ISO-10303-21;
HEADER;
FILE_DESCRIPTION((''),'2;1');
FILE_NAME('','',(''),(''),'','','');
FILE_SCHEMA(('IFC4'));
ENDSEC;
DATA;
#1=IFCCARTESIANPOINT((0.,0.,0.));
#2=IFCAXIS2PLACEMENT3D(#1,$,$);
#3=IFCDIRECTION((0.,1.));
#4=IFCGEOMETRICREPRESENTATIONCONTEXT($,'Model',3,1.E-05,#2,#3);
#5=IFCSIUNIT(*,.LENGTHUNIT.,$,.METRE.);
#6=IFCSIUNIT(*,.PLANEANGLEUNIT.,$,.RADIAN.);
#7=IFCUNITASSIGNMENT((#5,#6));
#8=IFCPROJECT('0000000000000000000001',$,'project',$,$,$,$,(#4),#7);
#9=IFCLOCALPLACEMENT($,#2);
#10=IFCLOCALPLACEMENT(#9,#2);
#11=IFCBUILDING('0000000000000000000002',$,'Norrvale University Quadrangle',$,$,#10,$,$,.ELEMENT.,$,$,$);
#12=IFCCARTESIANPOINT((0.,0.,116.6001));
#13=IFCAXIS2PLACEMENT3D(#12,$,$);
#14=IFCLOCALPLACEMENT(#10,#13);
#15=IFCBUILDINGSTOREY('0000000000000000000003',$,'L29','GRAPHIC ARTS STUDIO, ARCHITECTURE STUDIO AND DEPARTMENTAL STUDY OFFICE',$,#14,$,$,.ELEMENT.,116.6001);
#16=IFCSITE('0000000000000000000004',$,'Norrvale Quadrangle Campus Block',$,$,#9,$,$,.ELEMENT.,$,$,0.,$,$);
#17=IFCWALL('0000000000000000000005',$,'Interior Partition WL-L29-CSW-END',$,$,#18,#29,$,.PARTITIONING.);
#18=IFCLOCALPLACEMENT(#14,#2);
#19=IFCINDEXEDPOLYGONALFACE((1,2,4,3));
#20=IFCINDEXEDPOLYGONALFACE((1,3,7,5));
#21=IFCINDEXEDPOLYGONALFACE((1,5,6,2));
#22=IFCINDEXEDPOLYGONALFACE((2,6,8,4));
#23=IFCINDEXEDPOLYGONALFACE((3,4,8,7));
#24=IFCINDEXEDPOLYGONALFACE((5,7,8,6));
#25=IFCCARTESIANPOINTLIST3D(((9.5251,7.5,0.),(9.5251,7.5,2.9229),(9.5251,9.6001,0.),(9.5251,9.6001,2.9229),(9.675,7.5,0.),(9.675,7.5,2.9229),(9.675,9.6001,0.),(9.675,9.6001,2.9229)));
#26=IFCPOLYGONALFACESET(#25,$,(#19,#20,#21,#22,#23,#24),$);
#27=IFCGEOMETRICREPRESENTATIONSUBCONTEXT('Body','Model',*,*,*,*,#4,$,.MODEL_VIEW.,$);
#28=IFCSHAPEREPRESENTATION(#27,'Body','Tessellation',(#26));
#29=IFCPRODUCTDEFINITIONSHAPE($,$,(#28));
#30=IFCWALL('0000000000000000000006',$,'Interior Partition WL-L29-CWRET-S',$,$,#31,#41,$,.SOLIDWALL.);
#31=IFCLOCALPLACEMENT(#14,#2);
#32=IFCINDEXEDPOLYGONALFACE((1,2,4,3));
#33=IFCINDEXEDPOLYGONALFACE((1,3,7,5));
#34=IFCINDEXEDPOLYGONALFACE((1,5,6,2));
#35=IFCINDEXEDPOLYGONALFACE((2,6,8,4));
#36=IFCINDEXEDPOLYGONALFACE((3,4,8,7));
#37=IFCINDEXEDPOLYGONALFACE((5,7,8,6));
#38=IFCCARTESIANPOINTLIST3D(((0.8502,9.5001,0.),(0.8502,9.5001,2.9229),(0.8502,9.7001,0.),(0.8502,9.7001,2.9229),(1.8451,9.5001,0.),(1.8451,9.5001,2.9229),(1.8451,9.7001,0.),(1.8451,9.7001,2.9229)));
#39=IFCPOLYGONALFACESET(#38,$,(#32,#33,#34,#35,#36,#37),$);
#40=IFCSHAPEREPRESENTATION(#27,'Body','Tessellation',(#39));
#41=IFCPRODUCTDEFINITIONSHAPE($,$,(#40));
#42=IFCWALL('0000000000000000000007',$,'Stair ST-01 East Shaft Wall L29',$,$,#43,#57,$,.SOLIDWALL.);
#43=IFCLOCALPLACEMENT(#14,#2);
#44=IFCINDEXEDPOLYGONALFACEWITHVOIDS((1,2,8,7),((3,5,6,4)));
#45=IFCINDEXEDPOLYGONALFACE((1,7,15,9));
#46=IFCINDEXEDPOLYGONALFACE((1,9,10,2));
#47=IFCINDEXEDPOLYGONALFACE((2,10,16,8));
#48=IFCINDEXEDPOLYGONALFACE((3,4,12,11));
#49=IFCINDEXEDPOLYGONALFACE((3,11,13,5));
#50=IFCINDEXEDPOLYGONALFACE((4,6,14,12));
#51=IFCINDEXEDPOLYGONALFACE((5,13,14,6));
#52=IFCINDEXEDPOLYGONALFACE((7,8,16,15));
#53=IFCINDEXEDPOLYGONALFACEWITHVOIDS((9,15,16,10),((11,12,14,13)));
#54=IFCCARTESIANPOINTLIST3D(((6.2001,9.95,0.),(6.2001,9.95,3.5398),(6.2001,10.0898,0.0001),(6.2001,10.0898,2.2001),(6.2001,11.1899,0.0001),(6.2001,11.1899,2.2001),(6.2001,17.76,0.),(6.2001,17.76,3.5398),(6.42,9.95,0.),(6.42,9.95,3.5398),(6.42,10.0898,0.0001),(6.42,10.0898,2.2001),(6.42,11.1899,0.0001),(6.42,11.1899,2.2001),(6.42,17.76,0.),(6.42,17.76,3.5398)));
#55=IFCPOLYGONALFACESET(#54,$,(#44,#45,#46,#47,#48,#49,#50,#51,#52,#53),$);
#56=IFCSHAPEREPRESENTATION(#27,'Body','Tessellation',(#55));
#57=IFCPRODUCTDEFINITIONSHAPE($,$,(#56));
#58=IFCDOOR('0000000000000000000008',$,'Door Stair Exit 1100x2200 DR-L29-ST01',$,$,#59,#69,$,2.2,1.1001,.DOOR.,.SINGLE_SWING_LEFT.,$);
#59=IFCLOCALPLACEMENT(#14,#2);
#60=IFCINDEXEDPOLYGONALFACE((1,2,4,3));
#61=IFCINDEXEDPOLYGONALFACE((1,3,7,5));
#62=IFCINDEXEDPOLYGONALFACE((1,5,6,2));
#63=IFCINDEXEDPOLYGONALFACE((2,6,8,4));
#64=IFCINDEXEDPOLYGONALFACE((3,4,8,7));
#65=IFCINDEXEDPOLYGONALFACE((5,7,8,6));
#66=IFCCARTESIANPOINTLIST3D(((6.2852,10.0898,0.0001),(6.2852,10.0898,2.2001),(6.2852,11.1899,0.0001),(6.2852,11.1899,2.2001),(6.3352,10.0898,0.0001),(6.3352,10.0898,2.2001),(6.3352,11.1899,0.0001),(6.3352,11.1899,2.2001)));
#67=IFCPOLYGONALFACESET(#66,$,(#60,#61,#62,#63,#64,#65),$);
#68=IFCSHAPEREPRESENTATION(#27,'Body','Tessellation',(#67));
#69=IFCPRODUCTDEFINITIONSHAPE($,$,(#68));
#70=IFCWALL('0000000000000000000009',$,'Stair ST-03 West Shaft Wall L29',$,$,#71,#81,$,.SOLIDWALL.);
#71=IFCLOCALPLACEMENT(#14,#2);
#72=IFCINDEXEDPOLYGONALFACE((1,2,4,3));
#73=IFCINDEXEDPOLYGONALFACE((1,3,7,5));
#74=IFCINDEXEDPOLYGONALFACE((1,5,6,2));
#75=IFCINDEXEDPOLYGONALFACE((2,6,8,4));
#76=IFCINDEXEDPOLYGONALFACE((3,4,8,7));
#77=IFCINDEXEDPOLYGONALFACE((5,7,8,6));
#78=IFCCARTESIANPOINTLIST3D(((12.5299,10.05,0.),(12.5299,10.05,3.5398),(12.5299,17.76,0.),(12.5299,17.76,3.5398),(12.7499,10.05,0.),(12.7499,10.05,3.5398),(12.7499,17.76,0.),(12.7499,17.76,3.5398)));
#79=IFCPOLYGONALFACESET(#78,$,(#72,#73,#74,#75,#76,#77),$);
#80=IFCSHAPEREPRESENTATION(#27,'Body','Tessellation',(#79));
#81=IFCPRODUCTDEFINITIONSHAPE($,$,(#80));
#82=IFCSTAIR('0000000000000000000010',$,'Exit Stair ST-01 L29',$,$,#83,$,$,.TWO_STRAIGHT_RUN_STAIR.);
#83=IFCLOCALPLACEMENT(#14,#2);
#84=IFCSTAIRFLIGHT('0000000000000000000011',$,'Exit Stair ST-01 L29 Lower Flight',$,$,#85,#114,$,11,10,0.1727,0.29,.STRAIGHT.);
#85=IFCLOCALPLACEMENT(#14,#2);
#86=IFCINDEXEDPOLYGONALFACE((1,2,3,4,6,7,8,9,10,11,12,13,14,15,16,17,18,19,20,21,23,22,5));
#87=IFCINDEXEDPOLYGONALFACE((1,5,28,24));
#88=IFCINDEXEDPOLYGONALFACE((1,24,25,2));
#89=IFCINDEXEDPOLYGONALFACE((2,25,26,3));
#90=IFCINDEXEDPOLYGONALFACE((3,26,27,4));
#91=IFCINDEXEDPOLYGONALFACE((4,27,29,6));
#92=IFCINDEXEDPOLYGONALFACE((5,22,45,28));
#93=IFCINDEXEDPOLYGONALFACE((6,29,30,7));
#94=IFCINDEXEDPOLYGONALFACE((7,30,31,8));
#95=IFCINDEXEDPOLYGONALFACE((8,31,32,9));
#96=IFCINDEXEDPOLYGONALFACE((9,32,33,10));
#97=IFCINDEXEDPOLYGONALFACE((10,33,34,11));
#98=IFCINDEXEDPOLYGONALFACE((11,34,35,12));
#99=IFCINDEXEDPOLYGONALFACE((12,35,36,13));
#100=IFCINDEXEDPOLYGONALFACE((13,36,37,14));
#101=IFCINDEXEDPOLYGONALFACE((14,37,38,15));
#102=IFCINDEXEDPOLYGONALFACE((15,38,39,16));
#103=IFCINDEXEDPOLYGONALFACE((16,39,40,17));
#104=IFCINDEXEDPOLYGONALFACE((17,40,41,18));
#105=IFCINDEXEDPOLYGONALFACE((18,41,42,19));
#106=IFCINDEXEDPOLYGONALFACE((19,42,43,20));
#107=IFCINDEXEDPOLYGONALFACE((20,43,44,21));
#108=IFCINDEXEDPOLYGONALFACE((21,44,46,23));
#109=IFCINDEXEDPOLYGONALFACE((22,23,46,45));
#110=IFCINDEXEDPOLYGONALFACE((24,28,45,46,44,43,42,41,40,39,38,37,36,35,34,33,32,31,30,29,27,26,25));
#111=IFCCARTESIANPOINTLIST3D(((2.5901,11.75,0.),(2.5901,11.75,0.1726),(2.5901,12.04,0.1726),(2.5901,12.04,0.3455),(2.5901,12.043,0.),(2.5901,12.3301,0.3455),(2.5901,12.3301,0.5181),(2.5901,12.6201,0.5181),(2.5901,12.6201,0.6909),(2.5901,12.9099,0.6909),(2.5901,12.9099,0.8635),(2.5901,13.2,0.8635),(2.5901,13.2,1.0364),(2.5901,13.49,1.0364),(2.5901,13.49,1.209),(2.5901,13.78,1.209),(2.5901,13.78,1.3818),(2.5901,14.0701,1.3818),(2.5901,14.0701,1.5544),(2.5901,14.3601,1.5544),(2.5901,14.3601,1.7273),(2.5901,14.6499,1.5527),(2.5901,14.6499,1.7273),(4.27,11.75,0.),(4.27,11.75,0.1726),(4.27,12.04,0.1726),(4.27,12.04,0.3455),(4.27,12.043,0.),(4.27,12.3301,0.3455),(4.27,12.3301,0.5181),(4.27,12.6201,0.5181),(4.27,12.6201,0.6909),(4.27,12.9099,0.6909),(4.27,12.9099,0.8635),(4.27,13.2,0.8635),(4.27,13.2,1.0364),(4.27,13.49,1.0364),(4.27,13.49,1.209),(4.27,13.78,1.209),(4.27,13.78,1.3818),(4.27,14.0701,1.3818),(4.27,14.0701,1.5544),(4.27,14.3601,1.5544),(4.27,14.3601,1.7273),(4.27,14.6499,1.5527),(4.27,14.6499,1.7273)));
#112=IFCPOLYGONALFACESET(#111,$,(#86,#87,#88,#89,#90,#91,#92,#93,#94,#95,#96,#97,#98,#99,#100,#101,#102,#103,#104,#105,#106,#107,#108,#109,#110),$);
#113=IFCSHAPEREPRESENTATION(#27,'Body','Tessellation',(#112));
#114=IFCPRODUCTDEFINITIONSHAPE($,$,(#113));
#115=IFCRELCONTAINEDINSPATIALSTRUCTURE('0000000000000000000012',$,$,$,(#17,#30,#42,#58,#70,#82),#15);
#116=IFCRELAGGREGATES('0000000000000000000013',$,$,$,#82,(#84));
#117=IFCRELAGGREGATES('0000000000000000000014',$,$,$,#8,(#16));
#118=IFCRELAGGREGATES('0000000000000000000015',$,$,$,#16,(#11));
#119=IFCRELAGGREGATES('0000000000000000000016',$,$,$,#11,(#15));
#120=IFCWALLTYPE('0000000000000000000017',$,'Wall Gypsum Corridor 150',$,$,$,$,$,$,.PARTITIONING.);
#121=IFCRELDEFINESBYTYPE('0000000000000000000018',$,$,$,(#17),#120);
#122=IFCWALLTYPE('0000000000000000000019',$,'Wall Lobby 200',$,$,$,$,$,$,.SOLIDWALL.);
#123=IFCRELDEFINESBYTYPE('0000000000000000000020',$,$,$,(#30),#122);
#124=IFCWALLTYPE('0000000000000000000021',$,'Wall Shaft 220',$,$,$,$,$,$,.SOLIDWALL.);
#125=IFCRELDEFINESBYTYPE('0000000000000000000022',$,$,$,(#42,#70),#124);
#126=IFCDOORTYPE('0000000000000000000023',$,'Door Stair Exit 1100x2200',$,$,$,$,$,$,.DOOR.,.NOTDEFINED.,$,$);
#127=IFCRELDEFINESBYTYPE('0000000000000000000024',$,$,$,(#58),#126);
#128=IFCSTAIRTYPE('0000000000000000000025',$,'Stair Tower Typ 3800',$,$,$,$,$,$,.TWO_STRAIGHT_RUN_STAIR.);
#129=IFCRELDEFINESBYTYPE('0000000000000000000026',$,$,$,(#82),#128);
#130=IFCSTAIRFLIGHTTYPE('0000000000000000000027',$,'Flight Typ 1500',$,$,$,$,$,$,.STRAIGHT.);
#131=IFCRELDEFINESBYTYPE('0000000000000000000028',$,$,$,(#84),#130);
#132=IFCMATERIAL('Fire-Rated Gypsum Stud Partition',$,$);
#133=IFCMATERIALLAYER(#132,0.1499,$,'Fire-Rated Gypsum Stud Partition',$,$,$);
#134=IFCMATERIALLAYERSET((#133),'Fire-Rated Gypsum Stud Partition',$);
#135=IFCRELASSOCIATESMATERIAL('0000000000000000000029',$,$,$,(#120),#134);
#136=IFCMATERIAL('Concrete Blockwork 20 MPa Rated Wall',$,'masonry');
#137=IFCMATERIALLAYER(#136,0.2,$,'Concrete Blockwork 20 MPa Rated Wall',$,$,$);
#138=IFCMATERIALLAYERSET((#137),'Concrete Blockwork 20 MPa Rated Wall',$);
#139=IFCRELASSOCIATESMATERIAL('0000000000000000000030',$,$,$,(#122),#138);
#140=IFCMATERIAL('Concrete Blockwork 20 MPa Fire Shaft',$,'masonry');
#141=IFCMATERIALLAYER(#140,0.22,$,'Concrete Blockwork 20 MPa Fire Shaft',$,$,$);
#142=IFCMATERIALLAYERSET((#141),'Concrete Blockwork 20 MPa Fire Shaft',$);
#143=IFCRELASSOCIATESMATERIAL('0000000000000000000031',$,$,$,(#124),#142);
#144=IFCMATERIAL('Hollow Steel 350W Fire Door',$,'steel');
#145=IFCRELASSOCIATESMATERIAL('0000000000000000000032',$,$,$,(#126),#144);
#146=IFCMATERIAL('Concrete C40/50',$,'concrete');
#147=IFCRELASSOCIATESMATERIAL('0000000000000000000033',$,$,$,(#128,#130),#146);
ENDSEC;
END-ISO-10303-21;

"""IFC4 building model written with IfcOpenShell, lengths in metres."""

from ifc_helpers import new_model, si_unit, direction, frame, frame_2d, origin, place, context, subcontext, project, spatial, polyline, rectangle, outline, extrude, material, layer, layer_set, type_object, element, fill, aggregate, save


model = new_model("IFC4")

# Units and contexts
model_context = context("Model", 3, precision=1e-05, world=origin(), true_north=direction((0.0, 1.0)))
body_context = subcontext(model_context, "Body", "Model", "MODEL_VIEW")
ifc_project = project(units=[si_unit("LENGTHUNIT", "METRE"), si_unit("PLANEANGLEUNIT", "RADIAN")], contexts=[model_context])

# Site, building, storey
site_placement = place(None, origin())
site = spatial("IfcSite", under=ifc_project, at=site_placement, Name="Norrvale Quadrangle Campus Block", CompositionType="ELEMENT", RefElevation=0.0)
building_placement = place(site_placement, origin())
building = spatial("IfcBuilding", under=site, at=building_placement, Name="Norrvale University Quadrangle", CompositionType="ELEMENT")
storey_placement = place(building_placement, frame((0.0, 0.0, 116.6001)))
storey = spatial("IfcBuildingStorey", under=building, at=storey_placement, Name="L29", Description="GRAPHIC ARTS STUDIO, ARCHITECTURE STUDIO AND DEPARTMENTAL STUDY OFFICE", CompositionType="ELEMENT", Elevation=116.6001)

# Walls
ifc_material_1 = material(Name="Fire-Rated Gypsum Stud Partition")
ifc_layer_1 = layer(ifc_material_1, 0.1499, Name="Fire-Rated Gypsum Stud Partition")
ifc_layer_set_1 = layer_set([ifc_layer_1], Name="Fire-Rated Gypsum Stud Partition")
wall_type_1 = type_object("IfcWallType", Name="Wall Gypsum Corridor 150", PredefinedType="PARTITIONING", material=ifc_layer_set_1)
wall_1_placement = place(storey_placement, frame((9.6001, 7.5, 0.0), z_axis=(0.0, 0.0, 1.0), x_axis=(0.0, 1.0, 0.0)))
element("IfcWall", 1, at=wall_1_placement, inside=storey, type_object=wall_type_1, Name="Interior Partition WL-L29-CSW-END", PredefinedType="PARTITIONING", context=body_context, shape_type="SweptSolid", body=[
    extrude(rectangle(XDim=2.1001, YDim=0.1499, at=frame_2d((1.05, 0.0))), origin(), (0.0, 0.0, 1.0), 2.9229),
])
ifc_material_2 = material(Name="Concrete Blockwork 20 MPa Rated Wall", Category="masonry")
ifc_layer_2 = layer(ifc_material_2, 0.2, Name="Concrete Blockwork 20 MPa Rated Wall")
ifc_layer_set_2 = layer_set([ifc_layer_2], Name="Concrete Blockwork 20 MPa Rated Wall")
wall_type_2 = type_object("IfcWallType", Name="Wall Lobby 200", PredefinedType="SOLIDWALL", material=ifc_layer_set_2)
wall_2_placement = place(storey_placement, frame((0.8501, 9.6001, 0.0), z_axis=(0.0, 0.0, 1.0), x_axis=(1.0, 0.0, 0.0)))
element("IfcWall", 2, at=wall_2_placement, inside=storey, type_object=wall_type_2, Name="Interior Partition WL-L29-CWRET-S", PredefinedType="SOLIDWALL", context=body_context, shape_type="SweptSolid", body=[
    extrude(rectangle(XDim=0.9949, YDim=0.2, at=frame_2d((0.4976, 0.0))), origin(), (0.0, 0.0, 1.0), 2.9229),
])

# Wall, opening, door
ifc_material_3 = material(Name="Concrete Blockwork 20 MPa Fire Shaft", Category="masonry")
ifc_layer_3 = layer(ifc_material_3, 0.22, Name="Concrete Blockwork 20 MPa Fire Shaft")
ifc_layer_set_3 = layer_set([ifc_layer_3], Name="Concrete Blockwork 20 MPa Fire Shaft")
wall_type_3 = type_object("IfcWallType", Name="Wall Shaft 220", PredefinedType="SOLIDWALL", material=ifc_layer_set_3)
wall_3_placement = place(storey_placement, frame((6.3101, 9.95, 0.0), z_axis=(0.0, 0.0, 1.0), x_axis=(0.0, 1.0, 0.0)))
wall_3 = element("IfcWall", 3, at=wall_3_placement, inside=storey, type_object=wall_type_3, Name="Stair ST-01 East Shaft Wall L29", PredefinedType="SOLIDWALL", context=body_context, shape_type="SweptSolid", body=[
    extrude(rectangle(XDim=7.8101, YDim=0.22, at=frame_2d((3.905, 0.0))), origin(), (0.0, 0.0, 1.0), 3.5398),
])
opening_1_placement = place(wall_3_placement, frame((0.1399, 0.0, 0.0)))
opening_1 = element("IfcOpeningElement", 4, at=opening_1_placement, cuts=wall_3, PredefinedType="OPENING", context=body_context, shape_type="SweptSolid", body=[
    extrude(rectangle(XDim=1.1001, YDim=2.2, at=frame_2d((0.55, 1.1001))), frame((0.0, 0.1221, 0.0), z_axis=(0.0, -1.0, 0.0), x_axis=(1.0, 0.0, 0.0)), (0.0, 0.0, 1.0), 0.2439),
])
ifc_material_4 = material(Name="Hollow Steel 350W Fire Door", Category="steel")
door_type = type_object("IfcDoorType", Name="Door Stair Exit 1100x2200", OperationType="NOTDEFINED", PredefinedType="DOOR", material=ifc_material_4)
door_placement = place(opening_1_placement, origin())
door = element("IfcDoor", 5, at=door_placement, inside=storey, type_object=door_type, Name="Door Stair Exit 1100x2200 DR-L29-ST01", OperationType="SINGLE_SWING_LEFT", OverallHeight=2.2, OverallWidth=1.1001, PredefinedType="DOOR", context=body_context, shape_type="SweptSolid", body=[
    extrude(rectangle(XDim=1.1001, YDim=2.2, at=frame_2d((0.55, 1.1001))), frame((0.0, 0.0249, 0.0), z_axis=(0.0, -1.0, 0.0), x_axis=(1.0, 0.0, 0.0)), (0.0, 0.0, 1.0), 0.05),
])
fill(opening_1, door)

# Wall
wall_4_placement = place(storey_placement, frame((12.6399, 10.05, 0.0), z_axis=(0.0, 0.0, 1.0), x_axis=(0.0, 1.0, 0.0)))
element("IfcWall", 6, at=wall_4_placement, inside=storey, type_object=wall_type_3, Name="Stair ST-03 West Shaft Wall L29", PredefinedType="SOLIDWALL", context=body_context, shape_type="SweptSolid", body=[
    extrude(rectangle(XDim=7.71, YDim=0.22, at=frame_2d((3.855, 0.0))), origin(), (0.0, 0.0, 1.0), 3.5398),
])

# Stair, stair flight
ifc_material_5 = material(Name="Concrete C40/50", Category="concrete")
stair_type = type_object("IfcStairType", Name="Stair Tower Typ 3800", PredefinedType="TWO_STRAIGHT_RUN_STAIR", material=ifc_material_5)
stair_placement = place(storey_placement, origin())
stair = element("IfcStair", 7, at=stair_placement, inside=storey, type_object=stair_type, Name="Exit Stair ST-01 L29", PredefinedType="TWO_STRAIGHT_RUN_STAIR")
stair_flight_type = type_object("IfcStairFlightType", Name="Flight Typ 1500", PredefinedType="STRAIGHT", material=ifc_material_5)
stair_flight_placement = place(storey_placement, frame((3.4299, 11.75, 0.0), z_axis=(0.0, 0.0, 1.0), x_axis=(0.0, 1.0, 0.0)))
stair_flight = element("IfcStairFlight", 8, at=stair_flight_placement, type_object=stair_flight_type, Name="Exit Stair ST-01 L29 Lower Flight", NumberOfRisers=11, NumberOfTreads=10, PredefinedType="STRAIGHT", RiserHeight=0.1727, TreadLength=0.29, context=body_context, shape_type="SweptSolid", body=[
    extrude(outline(polyline([(0.0, 0.0), (0.0, 0.1726), (0.29, 0.1726), (0.29, 0.3455), (0.5801, 0.3455), (0.5801, 0.5181), (0.8701, 0.5181), (0.8701, 0.6909), (1.1599, 0.6909), (1.1599, 0.8635), (1.45, 0.8635), (1.45, 1.0364), (1.74, 1.0364), (1.74, 1.209), (2.03, 1.209), (2.03, 1.3818), (2.3201, 1.3818), (2.3201, 1.5544), (2.6101, 1.5544), (2.6101, 1.7273), (2.8999, 1.7273), (2.8999, 1.8999), (2.8999, 1.5527), (0.293, 0.0), (0.0, 0.0)])), frame((0.0, 0.8398, 0.0), z_axis=(0.0, -1.0, 0.0), x_axis=(1.0, 0.0, 0.0)), (0.0, 0.0, 1.0), 1.6799),
])
aggregate(stair, [stair_flight])

save(model, "model.ifc")
